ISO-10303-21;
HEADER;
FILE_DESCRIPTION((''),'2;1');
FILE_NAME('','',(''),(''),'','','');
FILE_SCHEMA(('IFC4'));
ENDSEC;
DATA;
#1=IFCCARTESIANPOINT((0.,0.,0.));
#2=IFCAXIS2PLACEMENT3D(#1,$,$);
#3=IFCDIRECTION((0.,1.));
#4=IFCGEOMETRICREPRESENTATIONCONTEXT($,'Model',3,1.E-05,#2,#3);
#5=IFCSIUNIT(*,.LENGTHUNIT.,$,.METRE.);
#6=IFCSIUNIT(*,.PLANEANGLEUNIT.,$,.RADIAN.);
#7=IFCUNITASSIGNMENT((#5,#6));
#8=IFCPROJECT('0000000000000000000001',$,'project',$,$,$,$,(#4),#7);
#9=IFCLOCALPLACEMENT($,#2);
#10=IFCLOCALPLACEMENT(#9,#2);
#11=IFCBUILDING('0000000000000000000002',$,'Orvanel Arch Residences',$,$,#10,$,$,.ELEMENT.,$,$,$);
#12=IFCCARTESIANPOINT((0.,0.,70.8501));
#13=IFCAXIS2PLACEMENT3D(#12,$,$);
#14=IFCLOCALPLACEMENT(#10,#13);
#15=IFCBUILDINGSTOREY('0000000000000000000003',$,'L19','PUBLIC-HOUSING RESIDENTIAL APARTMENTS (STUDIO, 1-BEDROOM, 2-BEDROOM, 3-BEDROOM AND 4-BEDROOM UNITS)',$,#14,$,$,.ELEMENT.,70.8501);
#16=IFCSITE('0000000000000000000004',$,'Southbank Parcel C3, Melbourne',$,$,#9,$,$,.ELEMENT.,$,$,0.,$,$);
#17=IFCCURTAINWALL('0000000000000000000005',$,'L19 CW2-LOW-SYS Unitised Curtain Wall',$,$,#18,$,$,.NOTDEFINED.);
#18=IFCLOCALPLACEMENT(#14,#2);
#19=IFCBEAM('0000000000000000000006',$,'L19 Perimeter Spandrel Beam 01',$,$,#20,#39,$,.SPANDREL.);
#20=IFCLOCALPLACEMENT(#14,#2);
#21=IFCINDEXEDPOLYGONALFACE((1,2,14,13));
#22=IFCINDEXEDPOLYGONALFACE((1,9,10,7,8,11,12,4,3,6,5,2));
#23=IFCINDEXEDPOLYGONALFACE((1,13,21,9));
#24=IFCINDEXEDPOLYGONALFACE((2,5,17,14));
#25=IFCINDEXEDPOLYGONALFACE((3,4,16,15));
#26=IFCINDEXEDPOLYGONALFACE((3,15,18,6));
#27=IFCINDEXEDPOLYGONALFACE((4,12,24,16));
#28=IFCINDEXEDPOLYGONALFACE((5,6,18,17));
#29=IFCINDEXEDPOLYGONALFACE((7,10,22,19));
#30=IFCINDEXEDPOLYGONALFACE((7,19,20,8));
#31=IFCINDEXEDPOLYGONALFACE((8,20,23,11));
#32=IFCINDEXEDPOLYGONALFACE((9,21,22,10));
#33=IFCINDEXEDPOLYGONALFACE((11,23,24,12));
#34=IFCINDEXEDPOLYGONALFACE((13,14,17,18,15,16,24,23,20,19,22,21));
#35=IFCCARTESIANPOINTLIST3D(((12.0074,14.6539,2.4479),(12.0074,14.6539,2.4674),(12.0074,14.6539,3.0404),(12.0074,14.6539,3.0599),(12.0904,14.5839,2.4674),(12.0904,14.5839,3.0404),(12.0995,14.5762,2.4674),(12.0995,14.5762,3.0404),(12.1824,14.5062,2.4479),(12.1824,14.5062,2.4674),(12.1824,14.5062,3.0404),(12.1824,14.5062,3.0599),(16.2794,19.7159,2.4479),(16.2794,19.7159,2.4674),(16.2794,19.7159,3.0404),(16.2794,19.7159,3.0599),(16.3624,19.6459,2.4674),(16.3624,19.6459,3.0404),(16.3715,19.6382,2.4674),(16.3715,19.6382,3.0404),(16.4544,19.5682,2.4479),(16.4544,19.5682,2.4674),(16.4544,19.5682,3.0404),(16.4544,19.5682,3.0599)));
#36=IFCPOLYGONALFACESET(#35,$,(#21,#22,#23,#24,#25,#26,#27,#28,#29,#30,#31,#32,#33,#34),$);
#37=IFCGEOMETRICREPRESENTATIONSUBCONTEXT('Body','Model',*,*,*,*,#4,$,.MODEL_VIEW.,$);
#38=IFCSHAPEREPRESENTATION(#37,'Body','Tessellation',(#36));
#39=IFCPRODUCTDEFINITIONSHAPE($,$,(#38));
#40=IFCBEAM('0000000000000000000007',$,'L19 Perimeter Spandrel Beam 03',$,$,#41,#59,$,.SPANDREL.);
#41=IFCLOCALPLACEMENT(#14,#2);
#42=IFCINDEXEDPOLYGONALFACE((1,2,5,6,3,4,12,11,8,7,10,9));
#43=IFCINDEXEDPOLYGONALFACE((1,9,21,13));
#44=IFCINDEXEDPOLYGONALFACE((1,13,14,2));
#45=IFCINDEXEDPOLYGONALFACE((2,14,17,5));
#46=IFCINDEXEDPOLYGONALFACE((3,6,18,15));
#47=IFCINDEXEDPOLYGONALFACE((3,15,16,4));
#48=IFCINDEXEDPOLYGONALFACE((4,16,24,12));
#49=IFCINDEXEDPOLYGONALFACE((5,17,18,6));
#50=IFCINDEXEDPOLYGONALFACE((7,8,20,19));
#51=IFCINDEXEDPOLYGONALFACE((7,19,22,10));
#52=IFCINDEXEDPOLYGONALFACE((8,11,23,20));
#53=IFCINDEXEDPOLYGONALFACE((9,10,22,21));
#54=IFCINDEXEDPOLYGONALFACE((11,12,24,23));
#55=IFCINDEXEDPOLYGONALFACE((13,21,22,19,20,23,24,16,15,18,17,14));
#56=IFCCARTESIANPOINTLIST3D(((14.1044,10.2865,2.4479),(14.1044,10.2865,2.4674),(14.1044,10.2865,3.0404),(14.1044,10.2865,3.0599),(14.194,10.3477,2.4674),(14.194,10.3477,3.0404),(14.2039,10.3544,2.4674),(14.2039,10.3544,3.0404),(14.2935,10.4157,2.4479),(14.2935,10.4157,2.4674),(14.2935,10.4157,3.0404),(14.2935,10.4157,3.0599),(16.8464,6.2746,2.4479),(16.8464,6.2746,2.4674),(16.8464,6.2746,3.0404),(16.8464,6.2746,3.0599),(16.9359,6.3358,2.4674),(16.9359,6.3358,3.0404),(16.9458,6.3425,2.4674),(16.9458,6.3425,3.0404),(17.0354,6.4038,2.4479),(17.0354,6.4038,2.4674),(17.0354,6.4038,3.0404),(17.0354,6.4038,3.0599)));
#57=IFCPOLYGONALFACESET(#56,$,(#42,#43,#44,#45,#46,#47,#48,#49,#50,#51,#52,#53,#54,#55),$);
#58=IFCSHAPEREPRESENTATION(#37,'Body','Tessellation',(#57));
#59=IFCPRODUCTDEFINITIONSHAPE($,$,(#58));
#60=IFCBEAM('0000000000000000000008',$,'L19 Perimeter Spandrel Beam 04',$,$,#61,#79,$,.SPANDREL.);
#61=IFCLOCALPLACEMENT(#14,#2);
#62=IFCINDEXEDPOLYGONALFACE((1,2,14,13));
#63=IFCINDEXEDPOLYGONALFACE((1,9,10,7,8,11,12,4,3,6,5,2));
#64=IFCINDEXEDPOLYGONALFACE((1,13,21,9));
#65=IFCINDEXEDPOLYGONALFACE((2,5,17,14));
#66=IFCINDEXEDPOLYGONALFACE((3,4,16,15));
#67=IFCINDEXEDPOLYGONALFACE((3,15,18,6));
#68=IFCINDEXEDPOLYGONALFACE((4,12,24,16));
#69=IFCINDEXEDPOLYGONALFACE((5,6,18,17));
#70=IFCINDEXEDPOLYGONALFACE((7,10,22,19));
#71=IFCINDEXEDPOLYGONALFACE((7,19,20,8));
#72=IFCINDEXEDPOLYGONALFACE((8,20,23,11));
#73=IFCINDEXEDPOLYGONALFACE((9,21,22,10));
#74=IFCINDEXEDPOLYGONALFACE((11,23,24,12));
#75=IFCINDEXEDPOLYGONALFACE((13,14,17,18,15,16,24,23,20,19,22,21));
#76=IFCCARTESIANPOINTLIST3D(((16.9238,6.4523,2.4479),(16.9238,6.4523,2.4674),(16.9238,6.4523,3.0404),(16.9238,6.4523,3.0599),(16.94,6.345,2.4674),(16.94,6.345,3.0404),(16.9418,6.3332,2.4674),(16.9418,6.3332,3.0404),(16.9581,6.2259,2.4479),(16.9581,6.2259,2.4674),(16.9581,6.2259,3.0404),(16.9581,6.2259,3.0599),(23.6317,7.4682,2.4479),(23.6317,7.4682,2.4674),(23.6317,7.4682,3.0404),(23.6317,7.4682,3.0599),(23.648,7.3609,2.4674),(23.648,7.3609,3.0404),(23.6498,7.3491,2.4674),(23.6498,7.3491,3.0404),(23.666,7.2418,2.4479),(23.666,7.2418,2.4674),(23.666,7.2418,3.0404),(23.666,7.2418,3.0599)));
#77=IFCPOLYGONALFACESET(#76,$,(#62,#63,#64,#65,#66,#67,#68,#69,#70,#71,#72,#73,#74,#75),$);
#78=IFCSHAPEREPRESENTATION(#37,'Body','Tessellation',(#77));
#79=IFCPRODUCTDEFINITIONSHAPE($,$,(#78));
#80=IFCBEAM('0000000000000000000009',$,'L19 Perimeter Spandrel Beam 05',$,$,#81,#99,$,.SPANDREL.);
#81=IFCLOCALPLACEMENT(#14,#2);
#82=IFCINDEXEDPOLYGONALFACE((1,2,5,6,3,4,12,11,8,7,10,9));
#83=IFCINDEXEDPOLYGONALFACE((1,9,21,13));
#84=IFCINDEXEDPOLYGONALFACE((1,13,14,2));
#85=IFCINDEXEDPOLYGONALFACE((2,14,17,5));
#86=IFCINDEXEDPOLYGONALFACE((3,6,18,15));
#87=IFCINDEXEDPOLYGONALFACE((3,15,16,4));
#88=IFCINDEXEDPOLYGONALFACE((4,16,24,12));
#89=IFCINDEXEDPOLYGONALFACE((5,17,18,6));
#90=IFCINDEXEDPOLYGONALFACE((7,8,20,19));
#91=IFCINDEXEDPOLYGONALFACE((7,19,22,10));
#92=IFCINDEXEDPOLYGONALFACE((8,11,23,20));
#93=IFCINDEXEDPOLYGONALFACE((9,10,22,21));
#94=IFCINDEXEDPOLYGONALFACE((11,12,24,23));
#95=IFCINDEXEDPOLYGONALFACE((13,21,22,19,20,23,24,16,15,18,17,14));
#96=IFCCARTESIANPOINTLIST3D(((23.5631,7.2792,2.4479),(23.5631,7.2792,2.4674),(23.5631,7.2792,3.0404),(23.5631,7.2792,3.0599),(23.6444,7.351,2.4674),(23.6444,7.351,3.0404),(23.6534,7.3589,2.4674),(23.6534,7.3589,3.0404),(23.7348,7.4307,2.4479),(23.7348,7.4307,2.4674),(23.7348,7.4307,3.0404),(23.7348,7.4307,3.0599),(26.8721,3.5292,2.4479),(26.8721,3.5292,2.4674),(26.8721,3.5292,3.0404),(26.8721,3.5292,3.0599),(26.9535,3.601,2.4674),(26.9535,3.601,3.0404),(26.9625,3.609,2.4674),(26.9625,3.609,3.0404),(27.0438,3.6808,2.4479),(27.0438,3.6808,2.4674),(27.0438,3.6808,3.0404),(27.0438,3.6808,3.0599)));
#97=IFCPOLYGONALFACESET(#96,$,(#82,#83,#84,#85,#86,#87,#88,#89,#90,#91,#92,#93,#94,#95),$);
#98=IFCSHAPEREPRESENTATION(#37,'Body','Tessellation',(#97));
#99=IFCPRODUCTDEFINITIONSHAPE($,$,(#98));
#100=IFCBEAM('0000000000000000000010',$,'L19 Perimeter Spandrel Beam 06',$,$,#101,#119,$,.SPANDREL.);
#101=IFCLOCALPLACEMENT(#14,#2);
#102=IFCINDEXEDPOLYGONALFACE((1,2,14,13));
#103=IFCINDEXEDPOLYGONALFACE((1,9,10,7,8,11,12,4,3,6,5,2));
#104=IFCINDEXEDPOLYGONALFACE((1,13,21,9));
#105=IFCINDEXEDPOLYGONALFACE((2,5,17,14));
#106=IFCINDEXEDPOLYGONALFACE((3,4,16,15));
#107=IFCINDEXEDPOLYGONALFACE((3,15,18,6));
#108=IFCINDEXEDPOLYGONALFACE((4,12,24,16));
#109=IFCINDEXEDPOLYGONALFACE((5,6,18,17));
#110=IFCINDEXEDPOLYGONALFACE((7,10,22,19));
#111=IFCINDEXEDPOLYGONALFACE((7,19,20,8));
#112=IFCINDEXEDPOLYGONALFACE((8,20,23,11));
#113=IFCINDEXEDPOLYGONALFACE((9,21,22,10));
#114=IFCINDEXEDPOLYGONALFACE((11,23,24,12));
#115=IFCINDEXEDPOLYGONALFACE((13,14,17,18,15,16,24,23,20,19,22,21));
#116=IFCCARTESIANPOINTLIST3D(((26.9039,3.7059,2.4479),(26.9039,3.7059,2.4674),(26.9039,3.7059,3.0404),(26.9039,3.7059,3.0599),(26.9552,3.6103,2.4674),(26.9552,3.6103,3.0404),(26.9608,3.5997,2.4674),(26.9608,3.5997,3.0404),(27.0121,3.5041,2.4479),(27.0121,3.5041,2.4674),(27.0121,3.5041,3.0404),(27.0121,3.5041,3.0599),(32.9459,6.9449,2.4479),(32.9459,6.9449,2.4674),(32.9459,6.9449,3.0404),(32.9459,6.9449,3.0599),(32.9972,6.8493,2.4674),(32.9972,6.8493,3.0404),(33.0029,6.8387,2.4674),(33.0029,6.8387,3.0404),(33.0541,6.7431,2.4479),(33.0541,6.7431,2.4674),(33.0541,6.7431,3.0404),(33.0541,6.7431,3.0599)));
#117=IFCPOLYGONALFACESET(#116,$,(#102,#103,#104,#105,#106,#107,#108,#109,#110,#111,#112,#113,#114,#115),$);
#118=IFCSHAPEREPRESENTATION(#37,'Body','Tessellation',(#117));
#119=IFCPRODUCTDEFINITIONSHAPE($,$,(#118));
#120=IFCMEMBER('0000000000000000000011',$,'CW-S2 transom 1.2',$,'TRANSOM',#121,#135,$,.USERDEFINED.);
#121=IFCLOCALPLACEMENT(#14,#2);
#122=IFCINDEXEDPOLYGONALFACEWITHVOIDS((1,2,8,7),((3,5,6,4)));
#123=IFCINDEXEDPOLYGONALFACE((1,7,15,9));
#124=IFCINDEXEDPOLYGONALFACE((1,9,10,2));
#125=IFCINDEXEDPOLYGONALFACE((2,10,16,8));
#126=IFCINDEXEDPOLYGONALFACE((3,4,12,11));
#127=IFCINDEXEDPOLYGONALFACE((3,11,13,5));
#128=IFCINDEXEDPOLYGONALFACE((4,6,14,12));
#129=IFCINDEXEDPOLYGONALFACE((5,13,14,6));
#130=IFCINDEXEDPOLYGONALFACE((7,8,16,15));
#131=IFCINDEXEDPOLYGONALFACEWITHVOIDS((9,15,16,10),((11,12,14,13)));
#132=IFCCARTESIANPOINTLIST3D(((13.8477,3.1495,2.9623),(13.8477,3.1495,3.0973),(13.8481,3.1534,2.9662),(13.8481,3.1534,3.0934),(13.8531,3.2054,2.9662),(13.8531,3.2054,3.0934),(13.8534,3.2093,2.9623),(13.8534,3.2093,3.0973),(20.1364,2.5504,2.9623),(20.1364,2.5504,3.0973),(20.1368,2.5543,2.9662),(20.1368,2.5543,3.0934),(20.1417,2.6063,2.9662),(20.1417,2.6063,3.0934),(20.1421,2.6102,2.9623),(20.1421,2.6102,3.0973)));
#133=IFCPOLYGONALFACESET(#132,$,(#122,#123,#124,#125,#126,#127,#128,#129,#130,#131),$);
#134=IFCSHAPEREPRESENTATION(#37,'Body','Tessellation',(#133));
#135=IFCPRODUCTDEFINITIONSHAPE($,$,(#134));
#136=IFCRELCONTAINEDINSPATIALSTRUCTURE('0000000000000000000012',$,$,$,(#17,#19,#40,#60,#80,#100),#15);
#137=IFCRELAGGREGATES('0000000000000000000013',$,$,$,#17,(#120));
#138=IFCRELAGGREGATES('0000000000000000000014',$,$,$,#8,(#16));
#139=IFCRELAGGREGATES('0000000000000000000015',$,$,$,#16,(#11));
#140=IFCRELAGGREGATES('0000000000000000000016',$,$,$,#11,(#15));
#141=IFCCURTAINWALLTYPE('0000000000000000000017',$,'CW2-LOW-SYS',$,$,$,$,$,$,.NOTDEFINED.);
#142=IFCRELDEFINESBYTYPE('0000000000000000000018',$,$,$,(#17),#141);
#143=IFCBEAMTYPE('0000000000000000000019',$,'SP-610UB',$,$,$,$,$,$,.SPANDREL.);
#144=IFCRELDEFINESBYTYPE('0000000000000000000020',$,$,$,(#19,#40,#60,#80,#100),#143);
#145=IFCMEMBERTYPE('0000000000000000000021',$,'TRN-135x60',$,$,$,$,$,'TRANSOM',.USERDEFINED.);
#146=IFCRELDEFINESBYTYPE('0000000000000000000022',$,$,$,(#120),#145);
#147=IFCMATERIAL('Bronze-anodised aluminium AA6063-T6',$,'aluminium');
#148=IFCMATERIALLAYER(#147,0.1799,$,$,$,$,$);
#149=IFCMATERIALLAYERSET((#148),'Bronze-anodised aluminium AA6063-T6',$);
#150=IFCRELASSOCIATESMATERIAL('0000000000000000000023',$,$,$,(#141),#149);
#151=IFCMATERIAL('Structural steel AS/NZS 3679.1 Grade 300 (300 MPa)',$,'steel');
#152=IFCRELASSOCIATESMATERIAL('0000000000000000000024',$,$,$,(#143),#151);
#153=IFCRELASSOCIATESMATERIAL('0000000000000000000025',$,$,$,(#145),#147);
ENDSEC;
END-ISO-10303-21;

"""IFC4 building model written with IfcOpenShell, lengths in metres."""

from ifc_helpers import new_model, si_unit, direction, frame, origin, origin_2d, place, context, subcontext, project, spatial, hollow_rectangle, i_section, extrude, material, layer, layer_set, material_profile, profile_set, type_object, element, aggregate, save


model = new_model("IFC4")

# Units and contexts
model_context = context("Model", 3, precision=1e-05, world=origin(), true_north=direction((0.0, 1.0)))
body_context = subcontext(model_context, "Body", "Model", "MODEL_VIEW")
ifc_project = project(units=[si_unit("LENGTHUNIT", "METRE"), si_unit("PLANEANGLEUNIT", "RADIAN")], contexts=[model_context])

# Site, building, storey
site_placement = place(None, origin())
site = spatial("IfcSite", under=ifc_project, at=site_placement, Name="Southbank Parcel C3, Melbourne", CompositionType="ELEMENT", RefElevation=0.0)
building_placement = place(site_placement, origin())
building = spatial("IfcBuilding", under=site, at=building_placement, Name="Orvanel Arch Residences", CompositionType="ELEMENT")
storey_placement = place(building_placement, frame((0.0, 0.0, 70.8501)))
storey = spatial("IfcBuildingStorey", under=building, at=storey_placement, Name="L19", Description="PUBLIC-HOUSING RESIDENTIAL APARTMENTS (STUDIO, 1-BEDROOM, 2-BEDROOM, 3-BEDROOM AND 4-BEDROOM UNITS)", CompositionType="ELEMENT", Elevation=70.8501)

# Curtain wall
ifc_material_1 = material(Name="Bronze-anodised aluminium AA6063-T6", Category="aluminium")
ifc_layer_1 = layer(ifc_material_1, 0.1799)
ifc_layer_set_1 = layer_set([ifc_layer_1], Name="Bronze-anodised aluminium AA6063-T6")
curtain_wall_type_1 = type_object("IfcCurtainWallType", Name="CW2-LOW-SYS", PredefinedType="NOTDEFINED", material=ifc_layer_set_1)
curtain_wall_1_placement = place(storey_placement, origin())
curtain_wall_1 = element("IfcCurtainWall", 1, at=curtain_wall_1_placement, inside=storey, type_object=curtain_wall_type_1, Name="L19 CW2-LOW-SYS Unitised Curtain Wall", PredefinedType="NOTDEFINED")

# Beams
ifc_material_2 = material(Name="Structural steel AS/NZS 3679.1 Grade 300 (300 MPa)", Category="steel")
ifc_material_profile_1 = material_profile(ifc_material_2, i_section(OverallWidth=0.229, OverallDepth=0.6121, WebThickness=0.012, FlangeThickness=0.0195, at=origin_2d()), Name="610UB125")
ifc_profile_set_1 = profile_set([ifc_material_profile_1], Name="Structural steel AS/NZS 3679.1 Grade 300 (300 MPa)")
beam_type = type_object("IfcBeamType", Name="SP-610UB", PredefinedType="SPANDREL", material=ifc_profile_set_1)
beam_1_placement = place(storey_placement, frame((16.3669, 19.6421, 2.7539), z_axis=(-0.64495, -0.764224, 0.0), x_axis=(0.764224, -0.64495, 0.0)))
element("IfcBeam", 2, at=beam_1_placement, inside=storey, type_object=beam_type, Name="L19 Perimeter Spandrel Beam 01", PredefinedType="SPANDREL", context=body_context, shape_type="SweptSolid", body=[
    extrude(i_section(OverallWidth=0.229, OverallDepth=0.6121, WebThickness=0.012, FlangeThickness=0.0195, at=origin_2d()), origin(), (0.0, 0.0, 1.0), 6.6238),
])
beam_2_placement = place(storey_placement, frame((14.199, 10.3511, 2.7539), z_axis=(0.564252, -0.825603, 0.0), x_axis=(0.825603, 0.564252, 0.0)))
element("IfcBeam", 3, at=beam_2_placement, inside=storey, type_object=beam_type, Name="L19 Perimeter Spandrel Beam 03", PredefinedType="SPANDREL", context=body_context, shape_type="SweptSolid", body=[
    extrude(i_section(OverallWidth=0.229, OverallDepth=0.6121, WebThickness=0.012, FlangeThickness=0.0195, at=origin_2d()), origin(), (0.0, 0.0, 1.0), 4.8594),
])
beam_3_placement = place(storey_placement, frame((16.9409, 6.3391, 2.7539), z_axis=(0.988726, 0.149734, 0.0), x_axis=(-0.149734, 0.988726, 0.0)))
element("IfcBeam", 4, at=beam_3_placement, inside=storey, type_object=beam_type, Name="L19 Perimeter Spandrel Beam 04", PredefinedType="SPANDREL", context=body_context, shape_type="SweptSolid", body=[
    extrude(i_section(OverallWidth=0.229, OverallDepth=0.6121, WebThickness=0.012, FlangeThickness=0.0195, at=origin_2d()), origin(), (0.0, 0.0, 1.0), 6.7844),
])
beam_4_placement = place(storey_placement, frame((23.6489, 7.355, 2.7539), z_axis=(0.661651, -0.749812, 0.0), x_axis=(0.749812, 0.661651, 0.0)))
element("IfcBeam", 5, at=beam_4_placement, inside=storey, type_object=beam_type, Name="L19 Perimeter Spandrel Beam 05", PredefinedType="SPANDREL", context=body_context, shape_type="SweptSolid", body=[
    extrude(i_section(OverallWidth=0.229, OverallDepth=0.6121, WebThickness=0.012, FlangeThickness=0.0195, at=origin_2d()), origin(), (0.0, 0.0, 1.0), 5.0012),
])
beam_5_placement = place(storey_placement, frame((26.958, 3.605, 2.7539), z_axis=(0.881344, 0.472474, 0.0), x_axis=(-0.472474, 0.881344, 0.0)))
element("IfcBeam", 6, at=beam_5_placement, inside=storey, type_object=beam_type, Name="L19 Perimeter Spandrel Beam 06", PredefinedType="SPANDREL", context=body_context, shape_type="SweptSolid", body=[
    extrude(i_section(OverallWidth=0.229, OverallDepth=0.6121, WebThickness=0.012, FlangeThickness=0.0195, at=origin_2d()), origin(), (0.0, 0.0, 1.0), 6.8555),
])

# Member
ifc_material_profile_2 = material_profile(ifc_material_1, hollow_rectangle(XDim=0.0601, YDim=0.135, WallThickness=0.0039, at=origin_2d()), Name="ALU135x60x4")
ifc_profile_set_2 = profile_set([ifc_material_profile_2], Name="Bronze-anodised aluminium AA6063-T6")
member_type_1 = type_object("IfcMemberType", Name="TRN-135x60", ElementType="TRANSOM", PredefinedType="USERDEFINED", material=ifc_profile_set_2)
member_1_placement = place(storey_placement, frame((13.8506, 3.1794, 3.0298), z_axis=(0.995492, -0.094842, 0.0), x_axis=(0.094842, 0.995492, 0.0)))
member_1 = element("IfcMember", 7, at=member_1_placement, type_object=member_type_1, Name="CW-S2 transom 1.2", ObjectType="TRANSOM", PredefinedType="USERDEFINED", context=body_context, shape_type="SweptSolid", body=[
    extrude(hollow_rectangle(XDim=0.0601, YDim=0.135, WallThickness=0.0039, at=origin_2d()), origin(), (0.0, 0.0, 1.0), 6.3171),
])
aggregate(curtain_wall_1, [member_1])

save(model, "model.ifc")
